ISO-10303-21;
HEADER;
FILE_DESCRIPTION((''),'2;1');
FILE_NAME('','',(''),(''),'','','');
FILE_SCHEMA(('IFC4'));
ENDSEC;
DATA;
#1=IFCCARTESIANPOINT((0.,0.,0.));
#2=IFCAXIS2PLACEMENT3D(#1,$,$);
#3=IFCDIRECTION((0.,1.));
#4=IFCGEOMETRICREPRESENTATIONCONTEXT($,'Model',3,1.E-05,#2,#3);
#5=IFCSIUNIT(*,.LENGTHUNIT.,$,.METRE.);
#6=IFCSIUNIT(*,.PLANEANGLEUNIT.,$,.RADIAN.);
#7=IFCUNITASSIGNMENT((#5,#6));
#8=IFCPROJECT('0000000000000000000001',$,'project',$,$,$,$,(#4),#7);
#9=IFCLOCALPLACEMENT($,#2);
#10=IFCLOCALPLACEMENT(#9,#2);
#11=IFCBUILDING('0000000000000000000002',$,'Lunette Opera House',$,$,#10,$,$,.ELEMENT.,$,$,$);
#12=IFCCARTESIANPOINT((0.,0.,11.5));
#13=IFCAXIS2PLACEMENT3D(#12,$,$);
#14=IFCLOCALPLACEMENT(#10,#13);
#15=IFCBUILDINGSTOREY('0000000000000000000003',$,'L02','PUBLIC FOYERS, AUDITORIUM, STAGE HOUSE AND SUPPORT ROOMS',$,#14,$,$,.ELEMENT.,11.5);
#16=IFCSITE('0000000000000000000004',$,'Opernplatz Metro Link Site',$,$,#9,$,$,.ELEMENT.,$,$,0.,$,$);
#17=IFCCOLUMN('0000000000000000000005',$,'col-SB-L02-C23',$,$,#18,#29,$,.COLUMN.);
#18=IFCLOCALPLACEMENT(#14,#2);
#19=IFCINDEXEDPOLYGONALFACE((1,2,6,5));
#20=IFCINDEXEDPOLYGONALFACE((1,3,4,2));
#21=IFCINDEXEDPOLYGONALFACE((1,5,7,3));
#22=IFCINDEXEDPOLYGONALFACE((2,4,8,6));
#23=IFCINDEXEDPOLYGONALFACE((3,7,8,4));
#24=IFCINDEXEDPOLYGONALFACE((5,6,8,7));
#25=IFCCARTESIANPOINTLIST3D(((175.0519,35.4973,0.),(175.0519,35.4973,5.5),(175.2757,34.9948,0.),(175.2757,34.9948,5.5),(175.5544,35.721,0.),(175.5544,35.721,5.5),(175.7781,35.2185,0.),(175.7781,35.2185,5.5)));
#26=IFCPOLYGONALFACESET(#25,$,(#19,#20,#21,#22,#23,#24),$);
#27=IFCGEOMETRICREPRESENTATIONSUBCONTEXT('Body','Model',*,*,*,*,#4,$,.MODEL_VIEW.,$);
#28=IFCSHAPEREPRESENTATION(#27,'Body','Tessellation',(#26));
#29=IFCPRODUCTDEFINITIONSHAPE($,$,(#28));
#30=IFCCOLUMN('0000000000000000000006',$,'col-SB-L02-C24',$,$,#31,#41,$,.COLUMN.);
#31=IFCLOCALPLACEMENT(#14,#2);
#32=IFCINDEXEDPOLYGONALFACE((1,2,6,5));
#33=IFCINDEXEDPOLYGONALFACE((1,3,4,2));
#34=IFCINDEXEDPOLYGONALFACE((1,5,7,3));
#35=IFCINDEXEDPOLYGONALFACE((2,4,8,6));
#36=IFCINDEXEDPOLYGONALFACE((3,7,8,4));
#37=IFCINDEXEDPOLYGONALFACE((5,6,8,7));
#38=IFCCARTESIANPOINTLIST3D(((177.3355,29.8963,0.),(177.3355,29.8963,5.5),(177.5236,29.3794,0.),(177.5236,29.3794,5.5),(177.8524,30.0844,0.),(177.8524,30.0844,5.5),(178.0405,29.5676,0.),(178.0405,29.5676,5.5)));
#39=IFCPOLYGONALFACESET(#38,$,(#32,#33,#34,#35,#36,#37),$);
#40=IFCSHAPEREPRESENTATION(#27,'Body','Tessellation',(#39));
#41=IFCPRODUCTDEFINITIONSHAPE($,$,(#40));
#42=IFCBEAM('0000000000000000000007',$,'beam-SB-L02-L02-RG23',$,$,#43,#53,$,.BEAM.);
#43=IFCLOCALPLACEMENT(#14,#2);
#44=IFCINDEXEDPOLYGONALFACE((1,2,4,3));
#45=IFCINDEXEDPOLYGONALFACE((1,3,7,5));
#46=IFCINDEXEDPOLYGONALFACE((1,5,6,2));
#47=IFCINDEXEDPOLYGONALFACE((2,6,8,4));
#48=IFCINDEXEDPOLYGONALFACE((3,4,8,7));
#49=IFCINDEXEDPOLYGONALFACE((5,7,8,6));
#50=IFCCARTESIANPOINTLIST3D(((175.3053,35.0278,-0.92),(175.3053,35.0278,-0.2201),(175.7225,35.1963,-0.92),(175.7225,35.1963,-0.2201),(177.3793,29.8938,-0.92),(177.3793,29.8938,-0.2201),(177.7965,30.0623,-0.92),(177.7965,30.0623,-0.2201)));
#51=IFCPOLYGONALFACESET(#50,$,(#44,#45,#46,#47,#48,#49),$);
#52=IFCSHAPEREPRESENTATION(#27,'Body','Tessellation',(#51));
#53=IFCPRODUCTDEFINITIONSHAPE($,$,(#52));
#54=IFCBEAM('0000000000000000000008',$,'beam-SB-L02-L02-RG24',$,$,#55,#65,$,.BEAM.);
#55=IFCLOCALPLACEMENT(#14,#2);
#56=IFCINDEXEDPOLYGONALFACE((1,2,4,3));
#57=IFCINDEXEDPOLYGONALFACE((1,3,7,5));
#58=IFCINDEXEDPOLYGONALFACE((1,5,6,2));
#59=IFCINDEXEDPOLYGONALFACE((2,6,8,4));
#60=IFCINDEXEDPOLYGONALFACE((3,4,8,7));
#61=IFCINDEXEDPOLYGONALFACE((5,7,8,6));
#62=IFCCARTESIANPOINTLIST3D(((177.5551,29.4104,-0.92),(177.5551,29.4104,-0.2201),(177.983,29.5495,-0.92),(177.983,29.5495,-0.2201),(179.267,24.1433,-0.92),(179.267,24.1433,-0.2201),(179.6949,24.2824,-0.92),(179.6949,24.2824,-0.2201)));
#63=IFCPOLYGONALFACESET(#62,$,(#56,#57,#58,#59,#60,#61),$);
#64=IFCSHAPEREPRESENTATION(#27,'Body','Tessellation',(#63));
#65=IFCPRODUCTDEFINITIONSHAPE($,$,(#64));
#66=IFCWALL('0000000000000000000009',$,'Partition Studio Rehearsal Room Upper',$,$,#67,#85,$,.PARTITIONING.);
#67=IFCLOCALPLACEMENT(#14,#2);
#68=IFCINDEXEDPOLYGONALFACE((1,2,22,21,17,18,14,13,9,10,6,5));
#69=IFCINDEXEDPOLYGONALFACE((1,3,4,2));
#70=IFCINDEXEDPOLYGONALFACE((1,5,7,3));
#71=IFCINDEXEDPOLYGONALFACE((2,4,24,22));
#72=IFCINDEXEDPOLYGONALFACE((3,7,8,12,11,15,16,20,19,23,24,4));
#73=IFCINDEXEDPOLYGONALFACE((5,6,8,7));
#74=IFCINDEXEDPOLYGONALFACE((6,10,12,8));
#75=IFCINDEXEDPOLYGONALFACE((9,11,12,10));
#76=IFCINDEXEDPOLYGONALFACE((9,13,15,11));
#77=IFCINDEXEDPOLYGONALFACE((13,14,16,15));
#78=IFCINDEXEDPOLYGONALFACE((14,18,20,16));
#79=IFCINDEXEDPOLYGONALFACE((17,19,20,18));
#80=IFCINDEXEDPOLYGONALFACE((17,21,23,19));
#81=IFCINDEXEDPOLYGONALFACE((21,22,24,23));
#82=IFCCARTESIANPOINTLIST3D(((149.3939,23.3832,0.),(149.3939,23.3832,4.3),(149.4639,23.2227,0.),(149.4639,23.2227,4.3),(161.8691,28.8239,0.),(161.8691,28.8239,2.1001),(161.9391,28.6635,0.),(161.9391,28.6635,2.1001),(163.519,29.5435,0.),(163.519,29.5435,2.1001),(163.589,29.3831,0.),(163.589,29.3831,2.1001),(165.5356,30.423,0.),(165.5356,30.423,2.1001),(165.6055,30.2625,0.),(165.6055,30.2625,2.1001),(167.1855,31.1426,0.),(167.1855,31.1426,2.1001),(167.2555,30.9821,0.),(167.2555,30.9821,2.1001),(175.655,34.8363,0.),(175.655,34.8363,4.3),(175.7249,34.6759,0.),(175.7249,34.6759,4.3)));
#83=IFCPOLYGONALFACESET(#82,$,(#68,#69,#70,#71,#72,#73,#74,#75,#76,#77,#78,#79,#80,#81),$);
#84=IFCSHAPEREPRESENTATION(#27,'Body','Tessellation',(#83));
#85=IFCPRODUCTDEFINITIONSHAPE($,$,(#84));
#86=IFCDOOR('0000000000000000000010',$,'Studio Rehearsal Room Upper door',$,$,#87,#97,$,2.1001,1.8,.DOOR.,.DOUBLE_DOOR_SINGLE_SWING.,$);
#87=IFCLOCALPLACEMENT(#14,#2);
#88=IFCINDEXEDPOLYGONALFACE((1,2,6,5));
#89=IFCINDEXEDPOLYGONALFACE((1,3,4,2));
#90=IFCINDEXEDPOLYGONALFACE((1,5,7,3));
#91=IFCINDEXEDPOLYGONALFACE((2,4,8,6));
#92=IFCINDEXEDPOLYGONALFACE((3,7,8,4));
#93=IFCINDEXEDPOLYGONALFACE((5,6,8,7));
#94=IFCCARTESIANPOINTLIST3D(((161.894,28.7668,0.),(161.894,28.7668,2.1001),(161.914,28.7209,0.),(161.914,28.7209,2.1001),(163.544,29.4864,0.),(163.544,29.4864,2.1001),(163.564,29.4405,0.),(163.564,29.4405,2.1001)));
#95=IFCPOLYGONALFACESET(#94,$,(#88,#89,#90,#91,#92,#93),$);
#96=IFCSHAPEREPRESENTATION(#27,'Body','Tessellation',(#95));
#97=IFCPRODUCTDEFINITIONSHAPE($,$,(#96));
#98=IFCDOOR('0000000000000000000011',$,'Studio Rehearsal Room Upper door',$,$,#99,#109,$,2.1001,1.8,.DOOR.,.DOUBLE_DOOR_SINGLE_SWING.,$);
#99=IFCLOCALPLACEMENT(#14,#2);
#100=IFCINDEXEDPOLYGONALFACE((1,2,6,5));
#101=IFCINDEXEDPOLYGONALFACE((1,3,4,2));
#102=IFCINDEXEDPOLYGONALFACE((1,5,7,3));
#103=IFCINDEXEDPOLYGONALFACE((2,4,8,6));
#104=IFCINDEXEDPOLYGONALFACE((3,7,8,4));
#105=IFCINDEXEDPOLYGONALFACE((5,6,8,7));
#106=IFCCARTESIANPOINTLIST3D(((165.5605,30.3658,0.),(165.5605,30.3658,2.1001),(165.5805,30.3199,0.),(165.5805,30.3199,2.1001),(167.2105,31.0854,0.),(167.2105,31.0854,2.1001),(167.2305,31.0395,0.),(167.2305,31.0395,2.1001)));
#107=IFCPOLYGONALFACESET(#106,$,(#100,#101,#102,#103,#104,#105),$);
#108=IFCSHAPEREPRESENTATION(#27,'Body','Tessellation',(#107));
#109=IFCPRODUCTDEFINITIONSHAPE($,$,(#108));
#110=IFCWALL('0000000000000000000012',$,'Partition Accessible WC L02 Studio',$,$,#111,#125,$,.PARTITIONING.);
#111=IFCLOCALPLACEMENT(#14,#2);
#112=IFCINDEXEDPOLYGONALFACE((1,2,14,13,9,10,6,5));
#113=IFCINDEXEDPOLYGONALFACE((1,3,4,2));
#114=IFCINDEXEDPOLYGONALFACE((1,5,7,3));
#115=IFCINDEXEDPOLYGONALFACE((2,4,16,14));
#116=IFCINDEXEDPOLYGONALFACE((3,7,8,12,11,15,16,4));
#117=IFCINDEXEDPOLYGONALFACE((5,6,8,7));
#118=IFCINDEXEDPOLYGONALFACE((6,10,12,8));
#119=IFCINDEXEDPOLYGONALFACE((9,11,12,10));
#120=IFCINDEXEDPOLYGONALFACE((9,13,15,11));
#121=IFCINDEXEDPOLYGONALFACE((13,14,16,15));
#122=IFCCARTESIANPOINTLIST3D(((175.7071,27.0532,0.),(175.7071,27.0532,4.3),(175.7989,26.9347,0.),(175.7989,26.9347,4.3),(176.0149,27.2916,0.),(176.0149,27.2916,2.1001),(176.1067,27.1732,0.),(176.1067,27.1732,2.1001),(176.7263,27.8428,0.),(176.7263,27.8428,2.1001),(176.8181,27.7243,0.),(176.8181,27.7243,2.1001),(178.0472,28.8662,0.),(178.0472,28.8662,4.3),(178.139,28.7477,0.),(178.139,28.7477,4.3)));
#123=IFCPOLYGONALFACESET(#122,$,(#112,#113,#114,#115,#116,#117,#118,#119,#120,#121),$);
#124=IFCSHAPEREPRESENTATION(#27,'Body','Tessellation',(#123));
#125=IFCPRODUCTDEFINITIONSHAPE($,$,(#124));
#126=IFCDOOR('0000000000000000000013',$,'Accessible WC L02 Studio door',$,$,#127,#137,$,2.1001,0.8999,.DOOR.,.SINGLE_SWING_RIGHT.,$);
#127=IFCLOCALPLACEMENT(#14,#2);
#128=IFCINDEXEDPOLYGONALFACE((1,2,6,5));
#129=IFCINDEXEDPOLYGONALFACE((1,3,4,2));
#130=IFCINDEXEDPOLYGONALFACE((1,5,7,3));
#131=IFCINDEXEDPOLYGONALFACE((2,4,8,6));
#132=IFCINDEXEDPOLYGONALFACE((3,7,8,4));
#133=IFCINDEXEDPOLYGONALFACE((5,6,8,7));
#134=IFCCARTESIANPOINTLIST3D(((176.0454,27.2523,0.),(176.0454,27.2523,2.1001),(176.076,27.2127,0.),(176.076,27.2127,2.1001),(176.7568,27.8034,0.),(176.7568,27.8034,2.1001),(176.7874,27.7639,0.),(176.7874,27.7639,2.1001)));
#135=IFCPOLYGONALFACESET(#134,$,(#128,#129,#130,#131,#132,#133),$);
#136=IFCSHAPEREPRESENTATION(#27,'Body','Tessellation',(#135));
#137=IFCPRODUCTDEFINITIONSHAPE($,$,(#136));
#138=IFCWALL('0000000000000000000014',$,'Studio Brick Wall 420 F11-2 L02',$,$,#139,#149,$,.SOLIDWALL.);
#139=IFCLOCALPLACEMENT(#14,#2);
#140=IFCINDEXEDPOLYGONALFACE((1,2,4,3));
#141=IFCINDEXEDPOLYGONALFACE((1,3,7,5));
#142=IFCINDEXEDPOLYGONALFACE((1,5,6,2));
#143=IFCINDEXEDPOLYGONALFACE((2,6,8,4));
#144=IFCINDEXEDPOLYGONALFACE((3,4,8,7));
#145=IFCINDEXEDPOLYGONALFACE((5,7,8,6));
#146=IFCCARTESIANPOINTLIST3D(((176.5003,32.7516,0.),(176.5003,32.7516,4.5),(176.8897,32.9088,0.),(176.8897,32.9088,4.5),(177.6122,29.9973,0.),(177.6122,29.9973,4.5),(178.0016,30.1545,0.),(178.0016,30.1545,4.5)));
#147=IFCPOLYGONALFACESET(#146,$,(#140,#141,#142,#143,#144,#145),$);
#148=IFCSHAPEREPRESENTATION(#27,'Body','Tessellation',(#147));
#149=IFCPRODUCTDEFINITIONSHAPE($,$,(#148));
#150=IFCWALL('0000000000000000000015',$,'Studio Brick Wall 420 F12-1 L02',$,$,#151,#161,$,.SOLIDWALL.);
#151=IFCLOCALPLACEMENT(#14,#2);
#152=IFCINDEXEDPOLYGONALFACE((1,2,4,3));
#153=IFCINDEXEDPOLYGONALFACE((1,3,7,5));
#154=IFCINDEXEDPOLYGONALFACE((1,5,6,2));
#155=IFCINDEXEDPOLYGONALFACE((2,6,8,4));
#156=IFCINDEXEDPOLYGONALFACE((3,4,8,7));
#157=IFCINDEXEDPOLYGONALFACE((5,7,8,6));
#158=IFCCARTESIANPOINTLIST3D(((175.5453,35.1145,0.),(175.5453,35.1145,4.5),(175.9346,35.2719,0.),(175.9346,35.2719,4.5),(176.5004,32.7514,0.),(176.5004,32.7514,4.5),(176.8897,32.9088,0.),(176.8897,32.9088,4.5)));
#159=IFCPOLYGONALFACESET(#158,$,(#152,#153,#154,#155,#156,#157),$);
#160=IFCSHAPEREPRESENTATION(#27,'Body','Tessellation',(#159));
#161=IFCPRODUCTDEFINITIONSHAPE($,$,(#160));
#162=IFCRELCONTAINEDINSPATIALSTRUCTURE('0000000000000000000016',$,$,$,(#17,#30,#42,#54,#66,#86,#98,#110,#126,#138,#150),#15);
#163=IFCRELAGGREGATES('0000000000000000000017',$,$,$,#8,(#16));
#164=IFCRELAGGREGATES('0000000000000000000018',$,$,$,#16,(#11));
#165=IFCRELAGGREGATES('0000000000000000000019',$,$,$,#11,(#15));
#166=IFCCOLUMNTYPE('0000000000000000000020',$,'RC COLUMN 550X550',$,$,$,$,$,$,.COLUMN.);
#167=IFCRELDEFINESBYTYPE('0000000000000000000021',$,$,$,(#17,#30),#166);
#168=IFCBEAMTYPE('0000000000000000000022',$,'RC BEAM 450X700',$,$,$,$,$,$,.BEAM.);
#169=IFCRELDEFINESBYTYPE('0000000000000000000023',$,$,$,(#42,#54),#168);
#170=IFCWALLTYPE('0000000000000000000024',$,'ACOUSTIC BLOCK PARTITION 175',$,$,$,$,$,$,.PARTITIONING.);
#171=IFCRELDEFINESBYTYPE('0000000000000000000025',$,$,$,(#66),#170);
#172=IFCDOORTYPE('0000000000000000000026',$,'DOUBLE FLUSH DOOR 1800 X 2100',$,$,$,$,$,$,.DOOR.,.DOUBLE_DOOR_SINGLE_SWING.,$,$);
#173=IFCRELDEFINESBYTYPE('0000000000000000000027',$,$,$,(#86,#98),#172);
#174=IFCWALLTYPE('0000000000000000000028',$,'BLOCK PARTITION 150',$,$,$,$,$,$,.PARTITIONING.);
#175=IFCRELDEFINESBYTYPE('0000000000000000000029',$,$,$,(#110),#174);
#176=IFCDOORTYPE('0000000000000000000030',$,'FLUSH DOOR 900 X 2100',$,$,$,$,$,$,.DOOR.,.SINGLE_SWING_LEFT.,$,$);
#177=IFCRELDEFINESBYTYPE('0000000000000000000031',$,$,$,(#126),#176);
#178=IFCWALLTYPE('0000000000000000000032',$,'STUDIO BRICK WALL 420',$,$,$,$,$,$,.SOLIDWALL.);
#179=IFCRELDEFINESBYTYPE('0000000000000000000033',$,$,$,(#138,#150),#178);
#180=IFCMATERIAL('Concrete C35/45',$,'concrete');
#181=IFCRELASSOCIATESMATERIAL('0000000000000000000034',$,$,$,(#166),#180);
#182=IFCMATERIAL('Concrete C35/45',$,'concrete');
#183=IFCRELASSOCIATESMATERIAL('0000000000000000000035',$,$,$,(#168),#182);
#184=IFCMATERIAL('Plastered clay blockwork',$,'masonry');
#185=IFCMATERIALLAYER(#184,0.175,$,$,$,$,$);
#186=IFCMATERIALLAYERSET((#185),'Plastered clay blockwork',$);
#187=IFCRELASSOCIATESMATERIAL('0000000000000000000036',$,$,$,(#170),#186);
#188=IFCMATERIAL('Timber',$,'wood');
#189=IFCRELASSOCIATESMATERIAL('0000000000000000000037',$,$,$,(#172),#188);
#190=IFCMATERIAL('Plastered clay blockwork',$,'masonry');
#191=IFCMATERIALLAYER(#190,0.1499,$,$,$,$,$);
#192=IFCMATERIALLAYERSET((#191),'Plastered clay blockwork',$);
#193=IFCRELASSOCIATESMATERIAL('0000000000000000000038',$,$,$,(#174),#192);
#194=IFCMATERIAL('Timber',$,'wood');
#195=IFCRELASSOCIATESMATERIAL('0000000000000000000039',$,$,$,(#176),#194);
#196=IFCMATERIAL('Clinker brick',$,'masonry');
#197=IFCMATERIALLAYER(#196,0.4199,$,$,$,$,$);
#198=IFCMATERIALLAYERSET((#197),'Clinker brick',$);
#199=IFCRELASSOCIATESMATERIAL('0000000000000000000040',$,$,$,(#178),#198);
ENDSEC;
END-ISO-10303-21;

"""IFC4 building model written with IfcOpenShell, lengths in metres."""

from ifc_helpers import new_model, si_unit, direction, frame, frame_2d, origin, origin_2d, place, context, subcontext, project, spatial, rectangle, extrude, material, layer, layer_set, material_profile, profile_set, type_object, element, fill, save


model = new_model("IFC4")

# Units and contexts
model_context = context("Model", 3, precision=1e-05, world=origin(), true_north=direction((0.0, 1.0)))
body_context = subcontext(model_context, "Body", "Model", "MODEL_VIEW")
ifc_project = project(units=[si_unit("LENGTHUNIT", "METRE"), si_unit("PLANEANGLEUNIT", "RADIAN")], contexts=[model_context])

# Site, building, storey
site_placement = place(None, origin())
site = spatial("IfcSite", under=ifc_project, at=site_placement, Name="Opernplatz Metro Link Site", CompositionType="ELEMENT", RefElevation=0.0)
building_placement = place(site_placement, origin())
building = spatial("IfcBuilding", under=site, at=building_placement, Name="Lunette Opera House", CompositionType="ELEMENT")
storey_placement = place(building_placement, frame((0.0, 0.0, 11.5)))
storey = spatial("IfcBuildingStorey", under=building, at=storey_placement, Name="L02", Description="PUBLIC FOYERS, AUDITORIUM, STAGE HOUSE AND SUPPORT ROOMS", CompositionType="ELEMENT", Elevation=11.5)

# Columns
ifc_material_1 = material(Name="Concrete C35/45", Category="concrete")
ifc_material_profile_1 = material_profile(ifc_material_1, rectangle(XDim=0.55, YDim=0.55, at=origin_2d()), Name="RC COLUMN 550X550")
ifc_profile_set_1 = profile_set([ifc_material_profile_1], Name="Concrete C35/45")
column_type = type_object("IfcColumnType", Name="RC COLUMN 550X550", PredefinedType="COLUMN", material=ifc_profile_set_1)
for number, where, z_axis, x_axis, name in (
    (1, (175.415, 35.3579, 0.0), (0.0, 0.0, 1.0), (0.406737, -0.913545, 0.0), "col-SB-L02-C23"),
    (2, (177.688, 29.7319, 0.0), (0.0, 0.0, 1.0), (0.34202, -0.939693, 0.0), "col-SB-L02-C24"),
):
    element("IfcColumn", number, at=place(storey_placement, frame(where, z_axis=z_axis, x_axis=x_axis)), inside=storey, type_object=column_type, Name=name, PredefinedType="COLUMN", context=body_context, shape_type="SweptSolid", body=[
        extrude(rectangle(XDim=0.55, YDim=0.55, at=origin_2d()), origin(), (0.0, 0.0, 1.0), 5.5),
    ])

# Beams
ifc_material_2 = material(Name="Concrete C35/45", Category="concrete")
ifc_material_profile_2 = material_profile(ifc_material_2, rectangle(XDim=0.45, YDim=0.7, at=origin_2d()), Name="RC BEAM 450X700")
ifc_profile_set_2 = profile_set([ifc_material_profile_2], Name="Concrete C35/45")
beam_type = type_object("IfcBeamType", Name="RC BEAM 450X700", PredefinedType="BEAM", material=ifc_profile_set_2)
beam_1_placement = place(storey_placement, frame((175.5139, 35.1121, -0.5701), z_axis=(0.374559, -0.927203, 0.0), x_axis=(0.927203, 0.374559, 0.0)))
element("IfcBeam", 3, at=beam_1_placement, inside=storey, type_object=beam_type, Name="beam-SB-L02-L02-RG23", PredefinedType="BEAM", context=body_context, shape_type="SweptSolid", body=[
    extrude(rectangle(XDim=0.45, YDim=0.7, at=origin_2d()), origin(), (0.0, 0.0, 1.0), 5.5371),
])
beam_2_placement = place(storey_placement, frame((177.769, 29.48, -0.5701), z_axis=(0.309104, -0.951028, 0.0), x_axis=(0.951028, 0.309104, 0.0)))
element("IfcBeam", 4, at=beam_2_placement, inside=storey, type_object=beam_type, Name="beam-SB-L02-L02-RG24", PredefinedType="BEAM", context=body_context, shape_type="SweptSolid", body=[
    extrude(rectangle(XDim=0.45, YDim=0.7, at=origin_2d()), origin(), (0.0, 0.0, 1.0), 5.5383),
])

# Wall, openings, doors
ifc_material_3 = material(Name="Plastered clay blockwork", Category="masonry")
ifc_layer_1 = layer(ifc_material_3, 0.175)
ifc_layer_set_1 = layer_set([ifc_layer_1], Name="Plastered clay blockwork")
wall_type_1 = type_object("IfcWallType", Name="ACOUSTIC BLOCK PARTITION 175", PredefinedType="PARTITIONING", material=ifc_layer_set_1)
wall_1_placement = place(storey_placement, frame((175.6899, 34.7561, 0.0), z_axis=(0.0, 0.0, 1.0), x_axis=(-0.916619, -0.399762, 0.0)))
wall_1 = element("IfcWall", 5, at=wall_1_placement, inside=storey, type_object=wall_type_1, Name="Partition Studio Rehearsal Room Upper", PredefinedType="PARTITIONING", context=body_context, shape_type="SweptSolid", body=[
    extrude(rectangle(XDim=28.6499, YDim=0.175, at=frame_2d((14.325, 0.0))), origin(), (0.0, 0.0, 1.0), 4.3),
])
opening_1_placement = place(wall_1_placement, frame((13.24, 0.0, 0.0)))
opening_1 = element("IfcOpeningElement", 6, at=opening_1_placement, cuts=wall_1, PredefinedType="OPENING", context=body_context, shape_type="SweptSolid", body=[
    extrude(rectangle(XDim=1.8, YDim=2.1001, at=frame_2d((0.8999, 1.05))), frame((0.0, 0.0996, 0.0), z_axis=(0.0, -1.0, 0.0), x_axis=(1.0, 0.0, 0.0)), (0.0, 0.0, 1.0), 0.199),
])
opening_2_placement = place(wall_1_placement, frame((9.24, 0.0, 0.0)))
opening_2 = element("IfcOpeningElement", 7, at=opening_2_placement, cuts=wall_1, PredefinedType="OPENING", context=body_context, shape_type="SweptSolid", body=[
    extrude(rectangle(XDim=1.8, YDim=2.1001, at=frame_2d((0.8999, 1.05))), frame((0.0, 0.0996, 0.0), z_axis=(0.0, -1.0, 0.0), x_axis=(1.0, 0.0, 0.0)), (0.0, 0.0, 1.0), 0.199),
])
ifc_material_4 = material(Name="Timber", Category="wood")
door_type_1 = type_object("IfcDoorType", Name="DOUBLE FLUSH DOOR 1800 X 2100", OperationType="DOUBLE_DOOR_SINGLE_SWING", PredefinedType="DOOR", material=ifc_material_4)
door_1_placement = place(opening_1_placement, origin())
door_1 = element("IfcDoor", 8, at=door_1_placement, inside=storey, type_object=door_type_1, Name="Studio Rehearsal Room Upper door", OperationType="DOUBLE_DOOR_SINGLE_SWING", OverallHeight=2.1001, OverallWidth=1.8, PredefinedType="DOOR", context=body_context, shape_type="SweptSolid", body=[
    extrude(rectangle(XDim=1.8, YDim=2.1001, at=frame_2d((0.8999, 1.05))), frame((0.0, 0.0249, 0.0), z_axis=(0.0, -1.0, 0.0), x_axis=(1.0, 0.0, 0.0)), (0.0, 0.0, 1.0), 0.05),
])
fill(opening_1, door_1)
door_2_placement = place(opening_2_placement, origin())
door_2 = element("IfcDoor", 9, at=door_2_placement, inside=storey, type_object=door_type_1, Name="Studio Rehearsal Room Upper door", OperationType="DOUBLE_DOOR_SINGLE_SWING", OverallHeight=2.1001, OverallWidth=1.8, PredefinedType="DOOR", context=body_context, shape_type="SweptSolid", body=[
    extrude(rectangle(XDim=1.8, YDim=2.1001, at=frame_2d((0.8999, 1.05))), frame((0.0, 0.0249, 0.0), z_axis=(0.0, -1.0, 0.0), x_axis=(1.0, 0.0, 0.0)), (0.0, 0.0, 1.0), 0.05),
])
fill(opening_2, door_2)

# Wall, opening, door
ifc_material_5 = material(Name="Plastered clay blockwork", Category="masonry")
ifc_layer_2 = layer(ifc_material_5, 0.1499)
ifc_layer_set_2 = layer_set([ifc_layer_2], Name="Plastered clay blockwork")
wall_type_2 = type_object("IfcWallType", Name="BLOCK PARTITION 150", PredefinedType="PARTITIONING", material=ifc_layer_set_2)
wall_2_placement = place(storey_placement, frame((178.093, 28.8069, 0.0), z_axis=(0.0, 0.0, 1.0), x_axis=(-0.79051, -0.612449, 0.0)))
wall_2 = element("IfcWall", 10, at=wall_2_placement, inside=storey, type_object=wall_type_2, Name="Partition Accessible WC L02 Studio", PredefinedType="PARTITIONING", context=body_context, shape_type="SweptSolid", body=[
    extrude(rectangle(XDim=2.9602, YDim=0.1499, at=frame_2d((1.48, 0.0))), origin(), (0.0, 0.0, 1.0), 4.3),
])
opening_3_placement = place(wall_2_placement, frame((1.6709, 0.0, 0.0)))
opening_3 = element("IfcOpeningElement", 11, at=opening_3_placement, cuts=wall_2, PredefinedType="OPENING", context=body_context, shape_type="SweptSolid", body=[
    extrude(rectangle(XDim=0.8999, YDim=2.1001, at=frame_2d((0.45, 1.05))), frame((0.0, 0.0869, 0.0), z_axis=(0.0, -1.0, 0.0), x_axis=(1.0, 0.0, 0.0)), (0.0, 0.0, 1.0), 0.1738),
])
ifc_material_6 = material(Name="Timber", Category="wood")
door_type_2 = type_object("IfcDoorType", Name="FLUSH DOOR 900 X 2100", OperationType="SINGLE_SWING_LEFT", PredefinedType="DOOR", material=ifc_material_6)
door_3_placement = place(opening_3_placement, origin())
door_3 = element("IfcDoor", 12, at=door_3_placement, inside=storey, type_object=door_type_2, Name="Accessible WC L02 Studio door", OperationType="SINGLE_SWING_RIGHT", OverallHeight=2.1001, OverallWidth=0.8999, PredefinedType="DOOR", context=body_context, shape_type="SweptSolid", body=[
    extrude(rectangle(XDim=0.8999, YDim=2.1001, at=frame_2d((0.45, 1.05))), frame((0.0, 0.0249, 0.0), z_axis=(0.0, -1.0, 0.0), x_axis=(1.0, 0.0, 0.0)), (0.0, 0.0, 1.0), 0.05),
])
fill(opening_3, door_3)

# Walls
ifc_material_7 = material(Name="Clinker brick", Category="masonry")
ifc_layer_3 = layer(ifc_material_7, 0.4199)
ifc_layer_set_3 = layer_set([ifc_layer_3], Name="Clinker brick")
wall_type_3 = type_object("IfcWallType", Name="STUDIO BRICK WALL 420", PredefinedType="SOLIDWALL", material=ifc_layer_set_3)
wall_3_placement = place(storey_placement, frame((177.8069, 30.0759, 0.0), z_axis=(0.0, 0.0, 1.0), x_axis=(-0.374337, 0.927293, 0.0)))
element("IfcWall", 13, at=wall_3_placement, inside=storey, type_object=wall_type_3, Name="Studio Brick Wall 420 F11-2 L02", PredefinedType="SOLIDWALL", context=body_context, shape_type="SweptSolid", body=[
    extrude(rectangle(XDim=2.9702, YDim=0.4199, at=frame_2d((1.4851, 0.0))), origin(), (0.0, 0.0, 1.0), 4.5),
])
wall_4_placement = place(storey_placement, frame((176.6951, 32.8301, 0.0), z_axis=(0.0, 0.0, 1.0), x_axis=(-0.374724, 0.927136, 0.0)))
element("IfcWall", 14, at=wall_4_placement, inside=storey, type_object=wall_type_3, Name="Studio Brick Wall 420 F12-1 L02", PredefinedType="SOLIDWALL", context=body_context, shape_type="SweptSolid", body=[
    extrude(rectangle(XDim=2.5488, YDim=0.4199, at=frame_2d((1.2744, 0.0))), origin(), (0.0, 0.0, 1.0), 4.5),
])

save(model, "model.ifc")
